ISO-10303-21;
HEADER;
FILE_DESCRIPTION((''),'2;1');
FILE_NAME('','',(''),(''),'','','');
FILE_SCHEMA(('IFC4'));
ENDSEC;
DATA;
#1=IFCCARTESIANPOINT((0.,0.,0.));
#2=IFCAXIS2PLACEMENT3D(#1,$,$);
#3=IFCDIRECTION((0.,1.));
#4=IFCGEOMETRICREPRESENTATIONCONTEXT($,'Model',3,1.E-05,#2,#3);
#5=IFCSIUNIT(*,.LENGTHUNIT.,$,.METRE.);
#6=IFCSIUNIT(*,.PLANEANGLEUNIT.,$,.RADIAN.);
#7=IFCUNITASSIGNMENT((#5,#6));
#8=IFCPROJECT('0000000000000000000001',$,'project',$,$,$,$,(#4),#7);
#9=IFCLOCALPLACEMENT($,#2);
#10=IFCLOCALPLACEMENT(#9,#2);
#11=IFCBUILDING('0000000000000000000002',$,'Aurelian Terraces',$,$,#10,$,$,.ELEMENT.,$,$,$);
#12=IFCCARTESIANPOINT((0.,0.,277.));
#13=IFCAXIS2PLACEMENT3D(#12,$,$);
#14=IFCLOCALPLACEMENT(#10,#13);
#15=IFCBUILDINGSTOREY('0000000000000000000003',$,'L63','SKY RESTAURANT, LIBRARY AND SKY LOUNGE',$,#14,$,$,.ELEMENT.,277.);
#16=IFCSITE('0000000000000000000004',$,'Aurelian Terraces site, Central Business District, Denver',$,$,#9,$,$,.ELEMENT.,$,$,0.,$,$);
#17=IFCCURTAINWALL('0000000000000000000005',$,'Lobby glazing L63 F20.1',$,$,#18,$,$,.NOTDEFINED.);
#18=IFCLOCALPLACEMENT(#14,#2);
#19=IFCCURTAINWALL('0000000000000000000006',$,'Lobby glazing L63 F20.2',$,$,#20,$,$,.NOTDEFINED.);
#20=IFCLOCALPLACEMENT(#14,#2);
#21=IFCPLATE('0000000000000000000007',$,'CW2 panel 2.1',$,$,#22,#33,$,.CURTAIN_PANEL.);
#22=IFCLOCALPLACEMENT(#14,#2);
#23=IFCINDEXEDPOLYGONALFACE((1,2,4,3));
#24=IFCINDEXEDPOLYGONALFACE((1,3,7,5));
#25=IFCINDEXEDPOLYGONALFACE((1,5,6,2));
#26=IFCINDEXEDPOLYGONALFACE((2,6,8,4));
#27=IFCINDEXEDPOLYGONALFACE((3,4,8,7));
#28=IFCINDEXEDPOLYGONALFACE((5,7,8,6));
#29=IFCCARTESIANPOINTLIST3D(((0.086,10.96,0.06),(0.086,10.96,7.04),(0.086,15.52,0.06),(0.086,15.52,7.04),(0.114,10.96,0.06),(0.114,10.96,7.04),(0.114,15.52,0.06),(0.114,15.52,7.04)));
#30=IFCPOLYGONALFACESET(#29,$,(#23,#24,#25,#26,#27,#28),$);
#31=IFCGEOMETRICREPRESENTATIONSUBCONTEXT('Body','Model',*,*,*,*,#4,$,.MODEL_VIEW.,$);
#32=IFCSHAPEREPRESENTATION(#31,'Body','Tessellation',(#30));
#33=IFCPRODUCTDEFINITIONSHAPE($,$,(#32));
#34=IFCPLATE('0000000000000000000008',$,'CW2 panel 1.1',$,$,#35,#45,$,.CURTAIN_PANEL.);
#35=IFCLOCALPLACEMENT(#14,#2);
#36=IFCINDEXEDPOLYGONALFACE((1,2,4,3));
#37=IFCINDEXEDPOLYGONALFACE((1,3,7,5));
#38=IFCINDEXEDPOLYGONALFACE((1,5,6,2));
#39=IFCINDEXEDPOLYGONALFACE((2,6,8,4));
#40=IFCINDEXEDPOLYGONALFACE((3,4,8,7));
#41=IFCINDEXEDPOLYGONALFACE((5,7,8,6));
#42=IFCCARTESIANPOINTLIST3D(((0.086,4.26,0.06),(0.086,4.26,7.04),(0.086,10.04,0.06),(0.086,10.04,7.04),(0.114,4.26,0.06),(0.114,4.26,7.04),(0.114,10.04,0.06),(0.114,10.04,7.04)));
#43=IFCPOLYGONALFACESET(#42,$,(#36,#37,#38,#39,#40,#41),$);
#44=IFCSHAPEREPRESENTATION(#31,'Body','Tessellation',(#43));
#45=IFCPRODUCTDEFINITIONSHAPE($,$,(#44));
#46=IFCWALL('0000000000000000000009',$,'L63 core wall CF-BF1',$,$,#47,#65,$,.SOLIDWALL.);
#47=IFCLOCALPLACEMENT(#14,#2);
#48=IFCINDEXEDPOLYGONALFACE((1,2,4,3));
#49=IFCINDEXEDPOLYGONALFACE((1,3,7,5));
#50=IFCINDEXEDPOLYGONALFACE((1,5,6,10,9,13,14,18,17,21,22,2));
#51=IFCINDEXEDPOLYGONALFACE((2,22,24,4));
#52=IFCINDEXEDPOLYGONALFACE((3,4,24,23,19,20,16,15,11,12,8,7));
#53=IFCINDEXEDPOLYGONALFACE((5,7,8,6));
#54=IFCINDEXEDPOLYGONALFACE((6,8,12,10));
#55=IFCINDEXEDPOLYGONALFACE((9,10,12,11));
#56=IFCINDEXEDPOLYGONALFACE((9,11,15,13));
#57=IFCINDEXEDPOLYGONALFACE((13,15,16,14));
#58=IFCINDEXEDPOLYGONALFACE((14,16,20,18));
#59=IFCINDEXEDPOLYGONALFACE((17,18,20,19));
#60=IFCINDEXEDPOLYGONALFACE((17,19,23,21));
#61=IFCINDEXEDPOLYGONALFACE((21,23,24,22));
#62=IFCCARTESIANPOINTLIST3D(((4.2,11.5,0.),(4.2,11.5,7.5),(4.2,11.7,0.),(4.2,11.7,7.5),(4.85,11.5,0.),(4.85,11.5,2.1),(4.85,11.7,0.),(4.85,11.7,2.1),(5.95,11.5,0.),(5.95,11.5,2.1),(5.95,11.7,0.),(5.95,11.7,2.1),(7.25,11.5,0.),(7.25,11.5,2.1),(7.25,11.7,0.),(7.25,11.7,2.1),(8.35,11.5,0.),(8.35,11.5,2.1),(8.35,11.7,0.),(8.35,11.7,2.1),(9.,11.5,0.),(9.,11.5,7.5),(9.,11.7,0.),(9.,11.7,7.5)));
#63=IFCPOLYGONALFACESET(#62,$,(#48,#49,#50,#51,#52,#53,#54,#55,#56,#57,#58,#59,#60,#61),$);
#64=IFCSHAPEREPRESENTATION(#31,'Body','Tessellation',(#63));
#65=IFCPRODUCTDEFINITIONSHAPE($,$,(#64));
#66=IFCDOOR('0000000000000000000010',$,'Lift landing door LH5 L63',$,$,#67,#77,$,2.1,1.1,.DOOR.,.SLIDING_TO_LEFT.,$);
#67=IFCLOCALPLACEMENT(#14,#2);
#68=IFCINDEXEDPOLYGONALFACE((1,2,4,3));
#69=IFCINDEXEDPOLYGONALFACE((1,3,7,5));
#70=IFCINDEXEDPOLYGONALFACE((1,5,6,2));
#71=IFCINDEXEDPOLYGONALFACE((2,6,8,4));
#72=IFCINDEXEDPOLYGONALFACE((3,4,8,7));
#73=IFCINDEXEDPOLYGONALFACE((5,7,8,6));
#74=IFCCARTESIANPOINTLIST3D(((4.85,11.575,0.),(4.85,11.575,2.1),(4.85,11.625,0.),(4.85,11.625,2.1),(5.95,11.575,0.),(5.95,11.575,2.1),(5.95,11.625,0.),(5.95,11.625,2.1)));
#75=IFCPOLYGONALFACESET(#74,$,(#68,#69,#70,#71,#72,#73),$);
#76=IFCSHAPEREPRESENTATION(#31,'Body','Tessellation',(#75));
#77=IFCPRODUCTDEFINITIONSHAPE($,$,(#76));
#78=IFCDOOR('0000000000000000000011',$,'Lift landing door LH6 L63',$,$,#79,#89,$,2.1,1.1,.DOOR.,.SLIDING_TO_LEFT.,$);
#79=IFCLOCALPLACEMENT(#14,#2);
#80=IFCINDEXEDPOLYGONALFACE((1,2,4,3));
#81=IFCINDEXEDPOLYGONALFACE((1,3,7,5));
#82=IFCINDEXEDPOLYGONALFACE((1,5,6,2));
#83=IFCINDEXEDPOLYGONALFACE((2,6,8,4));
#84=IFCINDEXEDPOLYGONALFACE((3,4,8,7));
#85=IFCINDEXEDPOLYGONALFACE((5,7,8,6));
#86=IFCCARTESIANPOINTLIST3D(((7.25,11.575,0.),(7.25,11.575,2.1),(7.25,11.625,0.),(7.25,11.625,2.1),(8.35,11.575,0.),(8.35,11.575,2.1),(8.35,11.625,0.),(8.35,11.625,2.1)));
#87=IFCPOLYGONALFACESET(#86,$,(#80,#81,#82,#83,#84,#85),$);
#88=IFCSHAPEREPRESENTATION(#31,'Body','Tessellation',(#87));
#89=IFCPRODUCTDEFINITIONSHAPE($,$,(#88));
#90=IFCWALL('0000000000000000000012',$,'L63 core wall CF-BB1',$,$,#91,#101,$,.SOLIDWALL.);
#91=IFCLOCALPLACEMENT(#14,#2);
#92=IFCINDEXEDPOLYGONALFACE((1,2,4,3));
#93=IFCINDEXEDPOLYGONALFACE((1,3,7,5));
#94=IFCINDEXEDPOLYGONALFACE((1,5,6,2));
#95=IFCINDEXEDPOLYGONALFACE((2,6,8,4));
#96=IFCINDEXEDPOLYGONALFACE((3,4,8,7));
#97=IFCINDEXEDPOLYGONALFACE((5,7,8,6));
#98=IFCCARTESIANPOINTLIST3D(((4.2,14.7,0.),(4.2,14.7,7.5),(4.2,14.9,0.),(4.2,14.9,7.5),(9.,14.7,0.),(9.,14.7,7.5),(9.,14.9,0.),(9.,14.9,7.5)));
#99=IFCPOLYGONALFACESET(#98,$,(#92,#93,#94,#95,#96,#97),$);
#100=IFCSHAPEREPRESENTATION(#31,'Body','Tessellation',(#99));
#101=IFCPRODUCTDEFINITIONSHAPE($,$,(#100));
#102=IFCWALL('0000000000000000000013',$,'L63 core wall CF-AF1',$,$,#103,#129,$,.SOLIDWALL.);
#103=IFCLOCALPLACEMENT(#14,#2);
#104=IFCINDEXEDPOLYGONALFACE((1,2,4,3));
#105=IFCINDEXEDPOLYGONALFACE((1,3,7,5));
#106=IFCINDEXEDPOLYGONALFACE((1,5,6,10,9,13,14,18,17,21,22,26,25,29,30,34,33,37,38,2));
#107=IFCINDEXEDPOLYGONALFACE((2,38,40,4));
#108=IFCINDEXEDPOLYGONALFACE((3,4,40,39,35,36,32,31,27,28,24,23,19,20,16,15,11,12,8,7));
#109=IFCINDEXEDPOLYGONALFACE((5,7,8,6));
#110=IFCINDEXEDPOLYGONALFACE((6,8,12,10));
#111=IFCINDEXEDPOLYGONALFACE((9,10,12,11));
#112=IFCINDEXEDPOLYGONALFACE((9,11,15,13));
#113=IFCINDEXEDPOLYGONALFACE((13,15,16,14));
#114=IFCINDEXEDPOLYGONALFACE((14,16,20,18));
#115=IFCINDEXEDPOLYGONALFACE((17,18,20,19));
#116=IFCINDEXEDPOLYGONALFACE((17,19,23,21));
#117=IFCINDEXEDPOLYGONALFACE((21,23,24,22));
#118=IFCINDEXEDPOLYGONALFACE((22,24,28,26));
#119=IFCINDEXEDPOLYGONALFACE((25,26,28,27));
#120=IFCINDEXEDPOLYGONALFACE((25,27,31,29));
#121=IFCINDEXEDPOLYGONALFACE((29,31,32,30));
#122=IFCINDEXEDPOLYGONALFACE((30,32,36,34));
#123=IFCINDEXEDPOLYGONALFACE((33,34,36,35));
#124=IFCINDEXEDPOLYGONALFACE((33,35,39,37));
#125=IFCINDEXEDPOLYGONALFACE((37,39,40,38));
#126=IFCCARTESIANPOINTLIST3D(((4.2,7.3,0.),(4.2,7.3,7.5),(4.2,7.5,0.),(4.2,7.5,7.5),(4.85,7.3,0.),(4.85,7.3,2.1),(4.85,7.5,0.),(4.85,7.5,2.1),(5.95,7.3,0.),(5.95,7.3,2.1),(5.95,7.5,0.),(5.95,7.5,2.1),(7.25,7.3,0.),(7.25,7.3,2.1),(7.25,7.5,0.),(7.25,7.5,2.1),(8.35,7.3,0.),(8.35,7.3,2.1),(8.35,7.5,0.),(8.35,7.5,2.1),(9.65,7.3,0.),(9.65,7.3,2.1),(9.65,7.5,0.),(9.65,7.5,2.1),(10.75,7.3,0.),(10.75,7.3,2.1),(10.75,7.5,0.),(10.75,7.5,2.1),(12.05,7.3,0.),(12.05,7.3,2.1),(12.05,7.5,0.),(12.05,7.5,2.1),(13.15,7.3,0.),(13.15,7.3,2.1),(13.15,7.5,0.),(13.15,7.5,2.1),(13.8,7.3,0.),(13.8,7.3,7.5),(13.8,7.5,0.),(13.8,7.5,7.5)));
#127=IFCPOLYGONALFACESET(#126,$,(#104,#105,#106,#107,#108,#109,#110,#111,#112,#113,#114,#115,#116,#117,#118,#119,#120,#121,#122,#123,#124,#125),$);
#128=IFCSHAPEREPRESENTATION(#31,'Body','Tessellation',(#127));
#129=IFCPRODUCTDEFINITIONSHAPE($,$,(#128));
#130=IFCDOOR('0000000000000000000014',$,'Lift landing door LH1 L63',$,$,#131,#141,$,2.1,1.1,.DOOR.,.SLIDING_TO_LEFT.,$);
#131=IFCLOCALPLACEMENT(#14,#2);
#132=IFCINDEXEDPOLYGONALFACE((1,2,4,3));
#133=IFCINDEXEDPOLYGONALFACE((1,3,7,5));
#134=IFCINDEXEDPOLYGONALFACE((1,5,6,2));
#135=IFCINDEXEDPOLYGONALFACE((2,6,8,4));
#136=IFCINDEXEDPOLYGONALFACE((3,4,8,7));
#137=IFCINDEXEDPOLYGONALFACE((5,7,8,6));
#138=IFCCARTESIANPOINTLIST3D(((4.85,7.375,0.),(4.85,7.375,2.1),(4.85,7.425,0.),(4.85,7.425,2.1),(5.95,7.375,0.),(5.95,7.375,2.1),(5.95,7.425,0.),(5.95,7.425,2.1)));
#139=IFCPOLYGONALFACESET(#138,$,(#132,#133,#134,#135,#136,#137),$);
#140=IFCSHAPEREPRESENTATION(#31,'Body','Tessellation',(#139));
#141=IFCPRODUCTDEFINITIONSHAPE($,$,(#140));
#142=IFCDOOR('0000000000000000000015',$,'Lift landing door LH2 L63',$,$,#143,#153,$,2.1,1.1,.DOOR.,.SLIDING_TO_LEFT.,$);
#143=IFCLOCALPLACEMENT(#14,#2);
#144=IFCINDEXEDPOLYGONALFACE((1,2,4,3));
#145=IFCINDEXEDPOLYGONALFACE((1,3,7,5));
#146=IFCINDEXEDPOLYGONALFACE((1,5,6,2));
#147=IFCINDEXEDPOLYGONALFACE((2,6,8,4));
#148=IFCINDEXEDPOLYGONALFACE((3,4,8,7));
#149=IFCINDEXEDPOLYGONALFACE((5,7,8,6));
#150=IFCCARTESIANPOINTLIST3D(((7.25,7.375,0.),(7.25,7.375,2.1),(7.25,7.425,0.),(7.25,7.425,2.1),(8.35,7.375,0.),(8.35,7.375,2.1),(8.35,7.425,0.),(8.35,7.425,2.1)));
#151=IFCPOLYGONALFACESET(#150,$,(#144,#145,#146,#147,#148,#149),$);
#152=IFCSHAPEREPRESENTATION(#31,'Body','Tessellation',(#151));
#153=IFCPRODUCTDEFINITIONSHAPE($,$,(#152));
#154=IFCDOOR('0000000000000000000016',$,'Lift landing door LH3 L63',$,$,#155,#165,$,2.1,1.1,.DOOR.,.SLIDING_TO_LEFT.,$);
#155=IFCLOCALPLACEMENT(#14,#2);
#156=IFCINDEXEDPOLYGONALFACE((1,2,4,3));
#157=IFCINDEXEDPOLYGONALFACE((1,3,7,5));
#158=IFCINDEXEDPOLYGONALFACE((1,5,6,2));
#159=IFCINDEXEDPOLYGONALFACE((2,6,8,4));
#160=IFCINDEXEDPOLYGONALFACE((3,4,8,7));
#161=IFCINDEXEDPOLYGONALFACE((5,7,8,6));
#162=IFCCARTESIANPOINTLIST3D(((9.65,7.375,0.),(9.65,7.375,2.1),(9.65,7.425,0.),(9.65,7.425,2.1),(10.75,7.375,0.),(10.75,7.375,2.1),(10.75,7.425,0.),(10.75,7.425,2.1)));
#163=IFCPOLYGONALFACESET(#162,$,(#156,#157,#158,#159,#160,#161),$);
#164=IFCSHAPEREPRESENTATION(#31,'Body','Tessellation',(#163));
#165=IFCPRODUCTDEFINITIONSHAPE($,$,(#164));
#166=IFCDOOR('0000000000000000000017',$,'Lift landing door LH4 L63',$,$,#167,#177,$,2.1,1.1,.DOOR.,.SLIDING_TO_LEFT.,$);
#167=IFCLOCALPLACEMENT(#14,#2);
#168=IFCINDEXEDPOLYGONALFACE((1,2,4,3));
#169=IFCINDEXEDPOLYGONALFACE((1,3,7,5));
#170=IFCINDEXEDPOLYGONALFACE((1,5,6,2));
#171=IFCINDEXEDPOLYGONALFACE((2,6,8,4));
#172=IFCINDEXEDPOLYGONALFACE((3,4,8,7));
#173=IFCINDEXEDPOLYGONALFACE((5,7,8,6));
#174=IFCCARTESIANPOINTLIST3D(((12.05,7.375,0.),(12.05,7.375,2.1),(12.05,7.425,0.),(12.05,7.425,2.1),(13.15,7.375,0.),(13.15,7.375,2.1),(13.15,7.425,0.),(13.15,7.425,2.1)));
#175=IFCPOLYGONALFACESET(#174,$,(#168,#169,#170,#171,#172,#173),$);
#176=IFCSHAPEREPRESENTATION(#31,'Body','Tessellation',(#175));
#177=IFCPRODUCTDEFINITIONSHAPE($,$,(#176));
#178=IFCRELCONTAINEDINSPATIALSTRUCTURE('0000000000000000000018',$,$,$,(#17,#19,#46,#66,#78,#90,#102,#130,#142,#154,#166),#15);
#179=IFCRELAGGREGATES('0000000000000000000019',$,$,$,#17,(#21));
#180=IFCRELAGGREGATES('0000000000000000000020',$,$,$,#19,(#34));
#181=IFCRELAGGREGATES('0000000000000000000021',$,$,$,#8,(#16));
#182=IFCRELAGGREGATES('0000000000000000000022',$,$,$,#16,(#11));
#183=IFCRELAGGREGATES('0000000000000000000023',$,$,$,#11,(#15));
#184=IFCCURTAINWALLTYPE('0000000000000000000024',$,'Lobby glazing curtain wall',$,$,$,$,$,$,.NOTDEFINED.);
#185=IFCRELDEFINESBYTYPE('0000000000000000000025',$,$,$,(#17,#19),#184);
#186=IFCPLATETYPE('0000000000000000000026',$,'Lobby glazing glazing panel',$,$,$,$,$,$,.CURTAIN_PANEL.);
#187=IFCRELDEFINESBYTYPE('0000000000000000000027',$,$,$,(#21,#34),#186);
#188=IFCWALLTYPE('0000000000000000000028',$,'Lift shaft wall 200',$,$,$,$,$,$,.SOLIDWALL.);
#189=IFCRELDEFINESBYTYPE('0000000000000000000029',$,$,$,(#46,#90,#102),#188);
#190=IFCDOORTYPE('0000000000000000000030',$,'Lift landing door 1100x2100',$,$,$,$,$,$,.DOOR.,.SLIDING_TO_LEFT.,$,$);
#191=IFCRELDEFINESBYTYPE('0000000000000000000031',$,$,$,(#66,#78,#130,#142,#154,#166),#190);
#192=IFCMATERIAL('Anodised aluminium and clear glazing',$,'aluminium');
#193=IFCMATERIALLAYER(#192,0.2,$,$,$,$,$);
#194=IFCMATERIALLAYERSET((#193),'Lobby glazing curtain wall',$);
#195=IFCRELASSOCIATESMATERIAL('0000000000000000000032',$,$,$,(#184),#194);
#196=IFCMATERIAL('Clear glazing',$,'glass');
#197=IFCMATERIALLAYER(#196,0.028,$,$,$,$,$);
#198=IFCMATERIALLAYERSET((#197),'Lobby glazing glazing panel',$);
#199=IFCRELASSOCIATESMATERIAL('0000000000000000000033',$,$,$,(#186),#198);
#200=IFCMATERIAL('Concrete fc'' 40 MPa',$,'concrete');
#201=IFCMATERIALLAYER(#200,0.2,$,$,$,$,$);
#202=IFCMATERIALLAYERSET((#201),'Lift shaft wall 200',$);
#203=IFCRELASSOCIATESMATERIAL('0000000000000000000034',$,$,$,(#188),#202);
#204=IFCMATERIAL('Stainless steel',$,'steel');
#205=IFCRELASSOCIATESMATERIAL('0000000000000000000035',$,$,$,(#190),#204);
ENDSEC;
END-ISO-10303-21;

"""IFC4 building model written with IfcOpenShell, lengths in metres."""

from ifc_helpers import new_model, si_unit, direction, frame, frame_2d, origin, origin_2d, place, context, subcontext, project, spatial, rectangle, extrude, source, transform, mapped, material, layer, layer_set, type_object, element, fill, aggregate, save


model = new_model("IFC4")

# Units and contexts
model_context = context("Model", 3, precision=1e-05, world=origin(), true_north=direction((0.0, 1.0)))
body_context = subcontext(model_context, "Body", "Model", "MODEL_VIEW")
ifc_project = project(units=[si_unit("LENGTHUNIT", "METRE"), si_unit("PLANEANGLEUNIT", "RADIAN")], contexts=[model_context])

# Site, building, storey
site_placement = place(None, origin())
site = spatial("IfcSite", under=ifc_project, at=site_placement, Name="Aurelian Terraces site, Central Business District, Denver", CompositionType="ELEMENT", RefElevation=0.0)
building_placement = place(site_placement, origin())
building = spatial("IfcBuilding", under=site, at=building_placement, Name="Aurelian Terraces", CompositionType="ELEMENT")
storey_placement = place(building_placement, frame((0.0, 0.0, 277.0)))
storey = spatial("IfcBuildingStorey", under=building, at=storey_placement, Name="L63", Description="SKY RESTAURANT, LIBRARY AND SKY LOUNGE", CompositionType="ELEMENT", Elevation=277.0)

# Shared definitions
ifc_material_1 = material(Name="Anodised aluminium and clear glazing", Category="aluminium")
ifc_layer_1 = layer(ifc_material_1, 0.2)
ifc_layer_set_1 = layer_set([ifc_layer_1], Name="Lobby glazing curtain wall")
curtain_wall_type = type_object("IfcCurtainWallType", Name="Lobby glazing curtain wall", PredefinedType="NOTDEFINED", material=ifc_layer_set_1)

# Shared definitions
ifc_material_2 = material(Name="Concrete fc' 40 MPa", Category="concrete")

# Curtain wall
curtain_wall_1_placement = place(storey_placement, origin())
curtain_wall_1 = element("IfcCurtainWall", 1, at=curtain_wall_1_placement, inside=storey, type_object=curtain_wall_type, Name="Lobby glazing L63 F20.1", PredefinedType="NOTDEFINED")

# Curtain wall
curtain_wall_2_placement = place(storey_placement, origin())
curtain_wall_2 = element("IfcCurtainWall", 2, at=curtain_wall_2_placement, inside=storey, type_object=curtain_wall_type, Name="Lobby glazing L63 F20.2", PredefinedType="NOTDEFINED")

# Plates
ifc_material_3 = material(Name="Clear glazing", Category="glass")
ifc_layer_2 = layer(ifc_material_3, 0.028)
ifc_layer_set_2 = layer_set([ifc_layer_2], Name="Lobby glazing glazing panel")
plate_type = type_object("IfcPlateType", Name="Lobby glazing glazing panel", PredefinedType="CURTAIN_PANEL", material=ifc_layer_set_2)
shared_shape_1 = source(origin(), body_context, "Body", "SweptSolid", [
    extrude(rectangle(XDim=4.56, YDim=0.028, at=origin_2d()), origin(), (0.0, 0.0, 1.0), 6.98),
])
plate_1_placement = place(storey_placement, frame((0.1, 13.24, 0.06), z_axis=(0.0, 0.0, 1.0), x_axis=(0.0, -1.0, 0.0)))
plate_1 = element("IfcPlate", 3, at=plate_1_placement, type_object=plate_type, Name="CW2 panel 2.1", PredefinedType="CURTAIN_PANEL", context=body_context, shape_type="MappedRepresentation", body=[
    mapped(shared_shape_1, transform((0.0, 0.0, 0.0), scale=1.0)),
])
aggregate(curtain_wall_1, [plate_1])
shared_shape_2 = source(origin(), body_context, "Body", "SweptSolid", [
    extrude(rectangle(XDim=5.78, YDim=0.028, at=origin_2d()), origin(), (0.0, 0.0, 1.0), 6.98),
])
plate_2_placement = place(storey_placement, frame((0.1, 7.15, 0.06), z_axis=(0.0, 0.0, 1.0), x_axis=(0.0, -1.0, 0.0)))
plate_2 = element("IfcPlate", 4, at=plate_2_placement, type_object=plate_type, Name="CW2 panel 1.1", PredefinedType="CURTAIN_PANEL", context=body_context, shape_type="MappedRepresentation", body=[
    mapped(shared_shape_2, transform((0.0, 0.0, 0.0), scale=1.0)),
])
aggregate(curtain_wall_2, [plate_2])

# Wall, openings, doors
ifc_layer_3 = layer(ifc_material_2, 0.2)
ifc_layer_set_3 = layer_set([ifc_layer_3], Name="Lift shaft wall 200")
wall_type = type_object("IfcWallType", Name="Lift shaft wall 200", PredefinedType="SOLIDWALL", material=ifc_layer_set_3)
shared_shape_3 = source(origin(), body_context, "Body", "SweptSolid", [
    extrude(rectangle(XDim=4.8, YDim=0.2, at=frame_2d((2.4, 0.0))), origin(), (0.0, 0.0, 1.0), 7.5),
])
wall_1_placement = place(storey_placement, frame((4.2, 11.6, 0.0), z_axis=(0.0, 0.0, 1.0), x_axis=(1.0, 0.0, 0.0)))
wall_1 = element("IfcWall", 5, at=wall_1_placement, inside=storey, type_object=wall_type, Name="L63 core wall CF-BF1", PredefinedType="SOLIDWALL", context=body_context, shape_type="MappedRepresentation", body=[
    mapped(shared_shape_3, transform((0.0, 0.0, 0.0), scale=1.0)),
])
shared_shape_4 = source(origin(), body_context, "Body", "SweptSolid", [
    extrude(rectangle(XDim=1.1, YDim=2.1, at=frame_2d((0.55, 1.05))), frame((0.0, 0.11, 0.0), z_axis=(0.0, -1.0, 0.0), x_axis=(1.0, 0.0, 0.0)), (0.0, 0.0, 1.0), 0.22),
])
opening_1_placement = place(wall_1_placement, frame((0.65, 0.0, 0.0)))
opening_1 = element("IfcOpeningElement", 6, at=opening_1_placement, cuts=wall_1, PredefinedType="OPENING", context=body_context, shape_type="MappedRepresentation", body=[
    mapped(shared_shape_4, transform((0.0, 0.0, 0.0), scale=1.0)),
])
opening_2_placement = place(wall_1_placement, frame((3.05, 0.0, 0.0)))
opening_2 = element("IfcOpeningElement", 7, at=opening_2_placement, cuts=wall_1, PredefinedType="OPENING", context=body_context, shape_type="MappedRepresentation", body=[
    mapped(shared_shape_4, transform((0.0, 0.0, 0.0), scale=1.0)),
])
ifc_material_4 = material(Name="Stainless steel", Category="steel")
door_type = type_object("IfcDoorType", Name="Lift landing door 1100x2100", OperationType="SLIDING_TO_LEFT", PredefinedType="DOOR", material=ifc_material_4)
shared_shape_5 = source(origin(), body_context, "Body", "SweptSolid", [
    extrude(rectangle(XDim=1.1, YDim=2.1, at=frame_2d((0.55, 1.05))), frame((0.0, 0.025, 0.0), z_axis=(0.0, -1.0, 0.0), x_axis=(1.0, 0.0, 0.0)), (0.0, 0.0, 1.0), 0.05),
])
door_1_placement = place(opening_1_placement, origin())
door_1 = element("IfcDoor", 8, at=door_1_placement, inside=storey, type_object=door_type, Name="Lift landing door LH5 L63", OperationType="SLIDING_TO_LEFT", OverallHeight=2.1, OverallWidth=1.1, PredefinedType="DOOR", context=body_context, shape_type="MappedRepresentation", body=[
    mapped(shared_shape_5, transform((0.0, 0.0, 0.0), scale=1.0)),
])
fill(opening_1, door_1)
door_2_placement = place(opening_2_placement, origin())
door_2 = element("IfcDoor", 9, at=door_2_placement, inside=storey, type_object=door_type, Name="Lift landing door LH6 L63", OperationType="SLIDING_TO_LEFT", OverallHeight=2.1, OverallWidth=1.1, PredefinedType="DOOR", context=body_context, shape_type="MappedRepresentation", body=[
    mapped(shared_shape_5, transform((0.0, 0.0, 0.0), scale=1.0)),
])
fill(opening_2, door_2)

# Wall
wall_2_placement = place(storey_placement, frame((4.2, 14.8, 0.0), z_axis=(0.0, 0.0, 1.0), x_axis=(1.0, 0.0, 0.0)))
element("IfcWall", 10, at=wall_2_placement, inside=storey, type_object=wall_type, Name="L63 core wall CF-BB1", PredefinedType="SOLIDWALL", context=body_context, shape_type="MappedRepresentation", body=[
    mapped(shared_shape_3, transform((0.0, 0.0, 0.0), scale=1.0)),
])

# Wall, openings, doors
shared_shape_6 = source(origin(), body_context, "Body", "SweptSolid", [
    extrude(rectangle(XDim=9.6, YDim=0.2, at=frame_2d((4.8, 0.0))), origin(), (0.0, 0.0, 1.0), 7.5),
])
wall_3_placement = place(storey_placement, frame((4.2, 7.4, 0.0), z_axis=(0.0, 0.0, 1.0), x_axis=(1.0, 0.0, 0.0)))
wall_3 = element("IfcWall", 11, at=wall_3_placement, inside=storey, type_object=wall_type, Name="L63 core wall CF-AF1", PredefinedType="SOLIDWALL", context=body_context, shape_type="MappedRepresentation", body=[
    mapped(shared_shape_6, transform((0.0, 0.0, 0.0), scale=1.0)),
])
opening_3_placement = place(wall_3_placement, frame((0.65, 0.0, 0.0)))
opening_3 = element("IfcOpeningElement", 12, at=opening_3_placement, cuts=wall_3, PredefinedType="OPENING", context=body_context, shape_type="MappedRepresentation", body=[
    mapped(shared_shape_4, transform((0.0, 0.0, 0.0), scale=1.0)),
])
opening_4_placement = place(wall_3_placement, frame((3.05, 0.0, 0.0)))
opening_4 = element("IfcOpeningElement", 13, at=opening_4_placement, cuts=wall_3, PredefinedType="OPENING", context=body_context, shape_type="MappedRepresentation", body=[
    mapped(shared_shape_4, transform((0.0, 0.0, 0.0), scale=1.0)),
])
opening_5_placement = place(wall_3_placement, frame((5.45, 0.0, 0.0)))
opening_5 = element("IfcOpeningElement", 14, at=opening_5_placement, cuts=wall_3, PredefinedType="OPENING", context=body_context, shape_type="MappedRepresentation", body=[
    mapped(shared_shape_4, transform((0.0, 0.0, 0.0), scale=1.0)),
])
opening_6_placement = place(wall_3_placement, frame((7.85, 0.0, 0.0)))
opening_6 = element("IfcOpeningElement", 15, at=opening_6_placement, cuts=wall_3, PredefinedType="OPENING", context=body_context, shape_type="MappedRepresentation", body=[
    mapped(shared_shape_4, transform((0.0, 0.0, 0.0), scale=1.0)),
])
door_3_placement = place(opening_3_placement, origin())
door_3 = element("IfcDoor", 16, at=door_3_placement, inside=storey, type_object=door_type, Name="Lift landing door LH1 L63", OperationType="SLIDING_TO_LEFT", OverallHeight=2.1, OverallWidth=1.1, PredefinedType="DOOR", context=body_context, shape_type="MappedRepresentation", body=[
    mapped(shared_shape_5, transform((0.0, 0.0, 0.0), scale=1.0)),
])
fill(opening_3, door_3)
door_4_placement = place(opening_4_placement, origin())
door_4 = element("IfcDoor", 17, at=door_4_placement, inside=storey, type_object=door_type, Name="Lift landing door LH2 L63", OperationType="SLIDING_TO_LEFT", OverallHeight=2.1, OverallWidth=1.1, PredefinedType="DOOR", context=body_context, shape_type="MappedRepresentation", body=[
    mapped(shared_shape_5, transform((0.0, 0.0, 0.0), scale=1.0)),
])
fill(opening_4, door_4)
door_5_placement = place(opening_5_placement, origin())
door_5 = element("IfcDoor", 18, at=door_5_placement, inside=storey, type_object=door_type, Name="Lift landing door LH3 L63", OperationType="SLIDING_TO_LEFT", OverallHeight=2.1, OverallWidth=1.1, PredefinedType="DOOR", context=body_context, shape_type="MappedRepresentation", body=[
    mapped(shared_shape_5, transform((0.0, 0.0, 0.0), scale=1.0)),
])
fill(opening_5, door_5)
door_6_placement = place(opening_6_placement, origin())
door_6 = element("IfcDoor", 19, at=door_6_placement, inside=storey, type_object=door_type, Name="Lift landing door LH4 L63", OperationType="SLIDING_TO_LEFT", OverallHeight=2.1, OverallWidth=1.1, PredefinedType="DOOR", context=body_context, shape_type="MappedRepresentation", body=[
    mapped(shared_shape_5, transform((0.0, 0.0, 0.0), scale=1.0)),
])
fill(opening_6, door_6)

save(model, "model.ifc")
